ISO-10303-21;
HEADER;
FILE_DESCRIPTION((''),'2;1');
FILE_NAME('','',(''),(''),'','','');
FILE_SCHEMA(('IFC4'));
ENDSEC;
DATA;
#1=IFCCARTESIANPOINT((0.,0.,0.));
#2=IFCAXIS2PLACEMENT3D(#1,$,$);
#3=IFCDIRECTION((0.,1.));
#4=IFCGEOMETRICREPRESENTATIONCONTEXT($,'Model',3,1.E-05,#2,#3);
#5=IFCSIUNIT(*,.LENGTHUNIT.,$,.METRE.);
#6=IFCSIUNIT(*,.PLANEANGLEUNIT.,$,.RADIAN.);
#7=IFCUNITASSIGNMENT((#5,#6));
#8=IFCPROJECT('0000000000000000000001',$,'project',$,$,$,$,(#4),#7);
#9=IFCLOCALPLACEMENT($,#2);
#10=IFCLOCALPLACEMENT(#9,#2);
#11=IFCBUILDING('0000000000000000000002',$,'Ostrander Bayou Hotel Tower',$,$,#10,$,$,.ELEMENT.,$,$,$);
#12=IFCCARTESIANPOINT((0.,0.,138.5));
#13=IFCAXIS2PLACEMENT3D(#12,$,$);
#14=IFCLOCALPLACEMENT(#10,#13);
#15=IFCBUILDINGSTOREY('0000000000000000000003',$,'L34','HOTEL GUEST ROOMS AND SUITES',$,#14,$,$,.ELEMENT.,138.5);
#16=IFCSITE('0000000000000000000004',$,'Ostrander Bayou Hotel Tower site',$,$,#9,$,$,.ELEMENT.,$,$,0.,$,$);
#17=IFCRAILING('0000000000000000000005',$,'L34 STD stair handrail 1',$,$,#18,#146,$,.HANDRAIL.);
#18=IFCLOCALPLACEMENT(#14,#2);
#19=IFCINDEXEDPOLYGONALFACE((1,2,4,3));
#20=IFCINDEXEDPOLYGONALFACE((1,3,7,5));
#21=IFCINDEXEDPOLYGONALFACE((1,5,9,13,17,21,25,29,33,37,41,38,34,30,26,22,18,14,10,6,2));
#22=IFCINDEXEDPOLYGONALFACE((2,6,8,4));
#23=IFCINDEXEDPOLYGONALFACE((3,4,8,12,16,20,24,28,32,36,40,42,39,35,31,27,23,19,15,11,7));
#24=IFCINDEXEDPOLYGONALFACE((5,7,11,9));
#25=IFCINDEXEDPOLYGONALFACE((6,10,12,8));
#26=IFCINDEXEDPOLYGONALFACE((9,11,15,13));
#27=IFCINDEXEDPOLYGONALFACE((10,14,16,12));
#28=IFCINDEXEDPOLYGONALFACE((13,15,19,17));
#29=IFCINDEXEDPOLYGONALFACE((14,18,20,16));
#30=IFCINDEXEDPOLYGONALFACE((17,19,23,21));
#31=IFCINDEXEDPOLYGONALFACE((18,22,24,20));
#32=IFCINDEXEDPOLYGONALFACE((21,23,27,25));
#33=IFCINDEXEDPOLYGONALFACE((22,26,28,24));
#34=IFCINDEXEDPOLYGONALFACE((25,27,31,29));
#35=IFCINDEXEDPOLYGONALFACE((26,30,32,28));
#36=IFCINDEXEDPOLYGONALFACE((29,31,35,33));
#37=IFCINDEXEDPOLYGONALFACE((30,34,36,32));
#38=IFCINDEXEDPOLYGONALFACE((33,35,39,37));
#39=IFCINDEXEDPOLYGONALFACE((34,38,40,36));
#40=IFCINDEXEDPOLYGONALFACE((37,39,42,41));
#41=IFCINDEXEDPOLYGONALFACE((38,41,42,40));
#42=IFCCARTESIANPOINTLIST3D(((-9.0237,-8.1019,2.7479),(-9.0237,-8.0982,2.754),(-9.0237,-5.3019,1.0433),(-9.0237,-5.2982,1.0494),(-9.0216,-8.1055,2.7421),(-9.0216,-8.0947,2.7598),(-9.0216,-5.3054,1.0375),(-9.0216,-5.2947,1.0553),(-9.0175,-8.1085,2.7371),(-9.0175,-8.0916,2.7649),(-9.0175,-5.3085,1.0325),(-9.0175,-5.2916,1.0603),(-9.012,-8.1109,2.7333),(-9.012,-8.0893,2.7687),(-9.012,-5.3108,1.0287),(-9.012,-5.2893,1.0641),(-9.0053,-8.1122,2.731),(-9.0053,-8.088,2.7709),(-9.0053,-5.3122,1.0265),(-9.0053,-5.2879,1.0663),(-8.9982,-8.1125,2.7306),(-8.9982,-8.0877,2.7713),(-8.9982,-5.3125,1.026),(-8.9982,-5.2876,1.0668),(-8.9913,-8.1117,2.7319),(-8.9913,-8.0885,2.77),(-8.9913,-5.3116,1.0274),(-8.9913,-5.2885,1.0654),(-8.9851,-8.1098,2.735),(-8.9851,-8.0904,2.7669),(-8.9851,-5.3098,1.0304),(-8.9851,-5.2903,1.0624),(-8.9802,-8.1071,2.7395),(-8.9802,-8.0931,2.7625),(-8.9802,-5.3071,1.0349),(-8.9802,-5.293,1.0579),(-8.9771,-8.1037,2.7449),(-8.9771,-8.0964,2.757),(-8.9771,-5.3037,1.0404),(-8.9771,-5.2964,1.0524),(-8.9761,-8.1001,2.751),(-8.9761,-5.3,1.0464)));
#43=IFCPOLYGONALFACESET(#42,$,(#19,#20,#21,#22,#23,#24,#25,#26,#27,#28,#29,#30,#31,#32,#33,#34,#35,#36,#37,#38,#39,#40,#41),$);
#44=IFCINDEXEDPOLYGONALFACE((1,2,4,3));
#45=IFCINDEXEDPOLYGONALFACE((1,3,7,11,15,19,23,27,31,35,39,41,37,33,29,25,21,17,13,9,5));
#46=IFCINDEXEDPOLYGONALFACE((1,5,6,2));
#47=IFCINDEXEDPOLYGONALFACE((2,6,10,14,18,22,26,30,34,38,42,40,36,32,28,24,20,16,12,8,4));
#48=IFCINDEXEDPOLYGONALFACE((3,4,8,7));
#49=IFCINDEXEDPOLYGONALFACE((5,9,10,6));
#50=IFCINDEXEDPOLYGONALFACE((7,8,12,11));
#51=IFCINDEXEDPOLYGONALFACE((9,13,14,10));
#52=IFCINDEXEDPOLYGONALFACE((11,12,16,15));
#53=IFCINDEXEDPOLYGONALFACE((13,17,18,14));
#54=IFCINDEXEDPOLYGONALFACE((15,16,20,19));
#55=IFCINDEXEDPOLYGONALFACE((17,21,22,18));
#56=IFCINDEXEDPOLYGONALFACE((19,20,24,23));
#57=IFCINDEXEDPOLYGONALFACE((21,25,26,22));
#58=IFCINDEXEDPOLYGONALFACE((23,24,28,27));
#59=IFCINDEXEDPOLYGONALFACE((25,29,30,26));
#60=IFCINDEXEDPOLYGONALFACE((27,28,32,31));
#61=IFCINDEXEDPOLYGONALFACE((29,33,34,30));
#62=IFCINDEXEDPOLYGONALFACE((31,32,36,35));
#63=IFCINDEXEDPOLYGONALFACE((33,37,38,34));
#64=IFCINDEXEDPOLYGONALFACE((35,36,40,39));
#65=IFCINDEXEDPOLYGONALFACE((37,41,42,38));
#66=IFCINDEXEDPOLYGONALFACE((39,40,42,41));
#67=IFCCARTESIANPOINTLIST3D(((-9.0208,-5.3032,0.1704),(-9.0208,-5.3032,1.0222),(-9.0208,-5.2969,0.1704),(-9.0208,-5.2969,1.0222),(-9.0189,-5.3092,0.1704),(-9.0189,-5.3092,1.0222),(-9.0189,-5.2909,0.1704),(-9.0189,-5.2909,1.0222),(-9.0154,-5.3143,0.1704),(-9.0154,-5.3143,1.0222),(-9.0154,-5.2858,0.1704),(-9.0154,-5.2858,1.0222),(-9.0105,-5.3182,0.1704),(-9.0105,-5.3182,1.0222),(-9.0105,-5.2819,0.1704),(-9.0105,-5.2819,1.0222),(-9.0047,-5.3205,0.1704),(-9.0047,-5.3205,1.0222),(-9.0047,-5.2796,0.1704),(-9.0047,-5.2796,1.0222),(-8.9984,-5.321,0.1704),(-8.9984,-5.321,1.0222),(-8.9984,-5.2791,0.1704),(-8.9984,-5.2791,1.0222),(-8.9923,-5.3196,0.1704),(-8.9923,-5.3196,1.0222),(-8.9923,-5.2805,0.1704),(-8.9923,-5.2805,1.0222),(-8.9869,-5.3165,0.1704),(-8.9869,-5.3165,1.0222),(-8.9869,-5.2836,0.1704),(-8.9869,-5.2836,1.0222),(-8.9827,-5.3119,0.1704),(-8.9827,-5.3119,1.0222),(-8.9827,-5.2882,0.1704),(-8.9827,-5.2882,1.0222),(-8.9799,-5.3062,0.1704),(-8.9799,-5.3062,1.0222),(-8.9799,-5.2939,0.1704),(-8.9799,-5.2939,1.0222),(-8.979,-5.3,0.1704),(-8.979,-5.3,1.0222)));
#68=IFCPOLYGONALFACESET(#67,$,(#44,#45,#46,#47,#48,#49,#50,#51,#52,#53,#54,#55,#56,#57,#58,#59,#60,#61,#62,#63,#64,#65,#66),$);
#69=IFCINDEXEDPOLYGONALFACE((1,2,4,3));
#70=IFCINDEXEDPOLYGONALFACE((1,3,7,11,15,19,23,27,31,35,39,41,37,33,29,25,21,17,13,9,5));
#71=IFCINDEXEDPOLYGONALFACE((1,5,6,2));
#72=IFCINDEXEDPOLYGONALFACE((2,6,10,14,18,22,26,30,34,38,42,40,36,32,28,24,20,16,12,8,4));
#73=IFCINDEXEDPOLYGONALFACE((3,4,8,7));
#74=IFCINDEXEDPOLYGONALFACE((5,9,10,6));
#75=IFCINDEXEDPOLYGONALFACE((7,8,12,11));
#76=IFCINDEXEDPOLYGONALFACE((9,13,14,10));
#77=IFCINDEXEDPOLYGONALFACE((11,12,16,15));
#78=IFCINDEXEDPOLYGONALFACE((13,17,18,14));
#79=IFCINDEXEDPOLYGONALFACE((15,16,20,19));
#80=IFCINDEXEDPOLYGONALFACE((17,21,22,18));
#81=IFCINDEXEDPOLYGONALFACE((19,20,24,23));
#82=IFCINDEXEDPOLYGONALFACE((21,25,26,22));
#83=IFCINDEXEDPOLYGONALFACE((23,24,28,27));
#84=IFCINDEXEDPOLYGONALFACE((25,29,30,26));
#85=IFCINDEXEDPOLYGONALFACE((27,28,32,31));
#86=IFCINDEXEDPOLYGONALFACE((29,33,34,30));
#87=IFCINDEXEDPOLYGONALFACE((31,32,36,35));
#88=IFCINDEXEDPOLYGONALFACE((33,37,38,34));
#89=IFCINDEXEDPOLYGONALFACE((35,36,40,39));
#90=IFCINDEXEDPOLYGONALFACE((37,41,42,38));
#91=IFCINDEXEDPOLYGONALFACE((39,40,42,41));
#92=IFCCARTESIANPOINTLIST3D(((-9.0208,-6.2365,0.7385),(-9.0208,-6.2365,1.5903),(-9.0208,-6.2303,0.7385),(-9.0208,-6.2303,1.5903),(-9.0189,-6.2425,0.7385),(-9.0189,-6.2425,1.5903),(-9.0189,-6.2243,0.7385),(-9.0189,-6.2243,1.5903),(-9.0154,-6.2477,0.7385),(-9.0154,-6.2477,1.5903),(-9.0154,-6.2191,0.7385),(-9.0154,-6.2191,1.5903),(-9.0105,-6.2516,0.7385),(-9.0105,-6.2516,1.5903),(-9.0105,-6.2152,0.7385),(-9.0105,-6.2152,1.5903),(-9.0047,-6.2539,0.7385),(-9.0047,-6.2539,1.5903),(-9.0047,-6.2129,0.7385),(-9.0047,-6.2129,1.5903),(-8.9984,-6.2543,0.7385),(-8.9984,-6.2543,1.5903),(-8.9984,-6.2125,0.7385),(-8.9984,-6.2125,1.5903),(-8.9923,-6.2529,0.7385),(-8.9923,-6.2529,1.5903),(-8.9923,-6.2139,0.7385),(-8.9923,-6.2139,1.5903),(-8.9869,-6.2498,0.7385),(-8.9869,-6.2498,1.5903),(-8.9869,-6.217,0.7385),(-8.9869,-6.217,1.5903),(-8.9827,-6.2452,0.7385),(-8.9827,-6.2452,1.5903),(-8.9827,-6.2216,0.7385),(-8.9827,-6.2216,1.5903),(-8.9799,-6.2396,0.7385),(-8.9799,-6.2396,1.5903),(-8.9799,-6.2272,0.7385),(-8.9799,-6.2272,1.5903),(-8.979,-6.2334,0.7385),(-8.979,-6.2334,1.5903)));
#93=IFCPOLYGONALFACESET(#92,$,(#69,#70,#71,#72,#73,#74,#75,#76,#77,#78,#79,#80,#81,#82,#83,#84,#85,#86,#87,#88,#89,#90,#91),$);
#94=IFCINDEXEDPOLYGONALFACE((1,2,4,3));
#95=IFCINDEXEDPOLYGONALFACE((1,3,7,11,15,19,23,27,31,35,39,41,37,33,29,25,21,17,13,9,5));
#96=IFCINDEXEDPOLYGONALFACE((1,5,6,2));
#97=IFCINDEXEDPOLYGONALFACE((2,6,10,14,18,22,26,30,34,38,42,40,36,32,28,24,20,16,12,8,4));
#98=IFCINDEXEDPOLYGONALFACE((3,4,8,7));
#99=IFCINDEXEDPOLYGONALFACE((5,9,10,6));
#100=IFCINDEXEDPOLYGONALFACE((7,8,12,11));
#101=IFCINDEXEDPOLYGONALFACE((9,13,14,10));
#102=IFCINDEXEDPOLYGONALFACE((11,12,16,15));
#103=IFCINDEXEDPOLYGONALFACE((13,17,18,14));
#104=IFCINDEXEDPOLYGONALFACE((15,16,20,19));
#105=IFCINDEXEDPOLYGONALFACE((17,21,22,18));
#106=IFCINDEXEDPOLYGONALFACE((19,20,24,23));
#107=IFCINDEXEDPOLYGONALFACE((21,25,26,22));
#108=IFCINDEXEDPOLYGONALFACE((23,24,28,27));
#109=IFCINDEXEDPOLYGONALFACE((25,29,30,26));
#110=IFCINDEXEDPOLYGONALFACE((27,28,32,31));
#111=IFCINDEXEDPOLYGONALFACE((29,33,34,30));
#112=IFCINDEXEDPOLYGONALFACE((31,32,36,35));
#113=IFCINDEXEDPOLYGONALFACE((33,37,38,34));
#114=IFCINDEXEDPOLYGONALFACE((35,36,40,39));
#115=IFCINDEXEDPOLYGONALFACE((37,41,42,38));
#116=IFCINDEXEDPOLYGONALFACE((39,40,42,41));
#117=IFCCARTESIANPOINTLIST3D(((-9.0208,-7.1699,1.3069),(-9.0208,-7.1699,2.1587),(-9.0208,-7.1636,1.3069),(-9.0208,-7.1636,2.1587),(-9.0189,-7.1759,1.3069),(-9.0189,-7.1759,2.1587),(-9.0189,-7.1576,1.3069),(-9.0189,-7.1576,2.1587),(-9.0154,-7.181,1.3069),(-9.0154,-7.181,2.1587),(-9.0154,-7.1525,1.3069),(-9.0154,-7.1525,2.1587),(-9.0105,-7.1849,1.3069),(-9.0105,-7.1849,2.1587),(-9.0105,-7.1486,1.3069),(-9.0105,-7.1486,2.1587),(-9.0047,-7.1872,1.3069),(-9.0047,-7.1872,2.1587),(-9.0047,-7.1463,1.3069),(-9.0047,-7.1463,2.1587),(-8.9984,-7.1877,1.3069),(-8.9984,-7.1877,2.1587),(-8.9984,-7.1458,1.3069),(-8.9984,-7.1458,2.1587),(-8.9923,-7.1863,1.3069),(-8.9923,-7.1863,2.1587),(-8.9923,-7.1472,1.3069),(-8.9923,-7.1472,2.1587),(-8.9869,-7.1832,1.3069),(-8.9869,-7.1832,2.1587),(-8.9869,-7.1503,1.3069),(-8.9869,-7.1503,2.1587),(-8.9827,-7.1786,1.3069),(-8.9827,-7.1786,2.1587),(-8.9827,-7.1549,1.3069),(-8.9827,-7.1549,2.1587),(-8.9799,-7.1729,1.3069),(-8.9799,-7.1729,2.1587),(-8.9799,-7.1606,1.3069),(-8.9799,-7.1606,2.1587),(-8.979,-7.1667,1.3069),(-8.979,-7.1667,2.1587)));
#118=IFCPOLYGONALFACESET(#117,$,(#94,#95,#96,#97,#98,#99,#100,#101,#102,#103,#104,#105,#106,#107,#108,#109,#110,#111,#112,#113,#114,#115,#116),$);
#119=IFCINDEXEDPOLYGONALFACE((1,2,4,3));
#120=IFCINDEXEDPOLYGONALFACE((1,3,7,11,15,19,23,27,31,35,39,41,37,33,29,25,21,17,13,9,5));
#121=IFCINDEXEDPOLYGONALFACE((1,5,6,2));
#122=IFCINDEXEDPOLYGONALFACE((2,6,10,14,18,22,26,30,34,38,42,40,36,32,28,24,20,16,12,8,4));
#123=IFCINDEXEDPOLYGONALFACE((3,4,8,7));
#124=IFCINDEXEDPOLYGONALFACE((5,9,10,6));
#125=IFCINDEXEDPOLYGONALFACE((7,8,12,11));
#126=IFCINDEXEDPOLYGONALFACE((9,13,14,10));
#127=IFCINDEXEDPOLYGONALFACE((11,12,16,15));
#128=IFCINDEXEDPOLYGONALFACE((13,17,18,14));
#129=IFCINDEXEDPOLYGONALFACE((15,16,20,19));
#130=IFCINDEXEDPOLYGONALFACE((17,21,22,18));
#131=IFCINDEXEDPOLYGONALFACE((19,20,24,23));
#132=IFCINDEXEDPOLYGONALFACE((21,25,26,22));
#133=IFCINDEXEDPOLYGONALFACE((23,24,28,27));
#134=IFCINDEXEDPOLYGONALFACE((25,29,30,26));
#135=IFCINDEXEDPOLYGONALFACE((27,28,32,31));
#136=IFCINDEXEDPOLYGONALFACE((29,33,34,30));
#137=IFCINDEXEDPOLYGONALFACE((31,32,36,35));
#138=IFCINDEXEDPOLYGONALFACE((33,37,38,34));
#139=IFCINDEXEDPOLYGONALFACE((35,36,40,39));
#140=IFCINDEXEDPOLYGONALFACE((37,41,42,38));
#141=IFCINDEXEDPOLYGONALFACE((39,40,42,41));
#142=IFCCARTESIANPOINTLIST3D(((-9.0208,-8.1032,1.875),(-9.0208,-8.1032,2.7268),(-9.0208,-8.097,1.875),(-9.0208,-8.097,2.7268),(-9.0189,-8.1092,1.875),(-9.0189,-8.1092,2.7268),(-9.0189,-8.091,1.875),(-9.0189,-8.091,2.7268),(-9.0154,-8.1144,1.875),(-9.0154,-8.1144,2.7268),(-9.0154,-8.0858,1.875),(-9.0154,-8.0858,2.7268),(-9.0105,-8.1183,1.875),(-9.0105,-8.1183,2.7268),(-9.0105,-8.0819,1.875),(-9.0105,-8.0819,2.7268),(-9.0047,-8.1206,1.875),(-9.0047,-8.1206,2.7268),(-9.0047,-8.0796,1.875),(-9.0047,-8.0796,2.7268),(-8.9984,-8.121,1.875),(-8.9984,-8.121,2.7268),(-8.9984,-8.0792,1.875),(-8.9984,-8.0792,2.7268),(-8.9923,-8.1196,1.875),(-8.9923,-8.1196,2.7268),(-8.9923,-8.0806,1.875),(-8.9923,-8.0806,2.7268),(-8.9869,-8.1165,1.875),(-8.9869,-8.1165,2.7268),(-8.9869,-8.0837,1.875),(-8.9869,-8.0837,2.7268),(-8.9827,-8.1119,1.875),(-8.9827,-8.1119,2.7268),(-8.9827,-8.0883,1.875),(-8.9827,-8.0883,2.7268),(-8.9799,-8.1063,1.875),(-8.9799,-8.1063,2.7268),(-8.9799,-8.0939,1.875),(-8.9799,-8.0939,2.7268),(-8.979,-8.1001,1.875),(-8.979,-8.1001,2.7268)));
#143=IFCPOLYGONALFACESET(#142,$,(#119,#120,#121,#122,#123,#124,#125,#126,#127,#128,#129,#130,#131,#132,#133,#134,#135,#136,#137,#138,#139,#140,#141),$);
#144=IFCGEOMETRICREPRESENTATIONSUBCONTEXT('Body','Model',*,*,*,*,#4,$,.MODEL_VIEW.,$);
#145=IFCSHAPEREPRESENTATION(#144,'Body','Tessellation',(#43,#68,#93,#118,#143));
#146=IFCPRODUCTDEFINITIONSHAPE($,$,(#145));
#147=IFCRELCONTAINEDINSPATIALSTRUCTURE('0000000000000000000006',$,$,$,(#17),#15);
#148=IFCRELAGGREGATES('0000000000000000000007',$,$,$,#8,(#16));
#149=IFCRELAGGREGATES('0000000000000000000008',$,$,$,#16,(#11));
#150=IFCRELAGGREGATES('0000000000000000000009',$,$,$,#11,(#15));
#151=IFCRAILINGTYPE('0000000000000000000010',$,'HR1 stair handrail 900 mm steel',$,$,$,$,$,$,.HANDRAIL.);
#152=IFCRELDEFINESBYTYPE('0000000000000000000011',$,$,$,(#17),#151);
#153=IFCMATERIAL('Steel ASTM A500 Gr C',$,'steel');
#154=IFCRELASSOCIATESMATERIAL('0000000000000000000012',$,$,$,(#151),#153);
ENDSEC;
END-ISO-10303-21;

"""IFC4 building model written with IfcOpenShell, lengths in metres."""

from ifc_helpers import new_model, si_unit, direction, frame, origin, origin_2d, place, context, subcontext, project, spatial, circle, extrude, material, type_object, element, save


model = new_model("IFC4")

# Units and contexts
model_context = context("Model", 3, precision=1e-05, world=origin(), true_north=direction((0.0, 1.0)))
body_context = subcontext(model_context, "Body", "Model", "MODEL_VIEW")
ifc_project = project(units=[si_unit("LENGTHUNIT", "METRE"), si_unit("PLANEANGLEUNIT", "RADIAN")], contexts=[model_context])

# Site, building, storey
site_placement = place(None, origin())
site = spatial("IfcSite", under=ifc_project, at=site_placement, Name="Ostrander Bayou Hotel Tower site", CompositionType="ELEMENT", RefElevation=0.0)
building_placement = place(site_placement, origin())
building = spatial("IfcBuilding", under=site, at=building_placement, Name="Ostrander Bayou Hotel Tower", CompositionType="ELEMENT")
storey_placement = place(building_placement, frame((0.0, 0.0, 138.5)))
storey = spatial("IfcBuildingStorey", under=building, at=storey_placement, Name="L34", Description="HOTEL GUEST ROOMS AND SUITES", CompositionType="ELEMENT", Elevation=138.5)

# Railing
ifc_material_1 = material(Name="Steel ASTM A500 Gr C", Category="steel")
railing_type_1 = type_object("IfcRailingType", Name="HR1 stair handrail 900 mm steel", PredefinedType="HANDRAIL", material=ifc_material_1)
railing_1_placement = place(storey_placement, frame((-9.0, -5.3, 0.1704)))
element("IfcRailing", 1, at=railing_1_placement, inside=storey, type_object=railing_type_1, Name="L34 STD stair handrail 1", PredefinedType="HANDRAIL", context=body_context, shape_type="SweptSolid", body=[
    extrude(circle(Radius=0.0239, at=origin_2d()), frame((0.0, 0.0, 0.876), z_axis=(0.0, -0.85417, 0.519994), x_axis=(1.0, 0.0, 0.0)), (0.0, 0.0, 1.0), 3.2781),
    extrude(circle(Radius=0.021, at=origin_2d()), origin(), (0.0, 0.0, 1.0), 0.8518),
    extrude(circle(Radius=0.021, at=origin_2d()), frame((0.0, -0.9333, 0.5681)), (0.0, 0.0, 1.0), 0.8518),
    extrude(circle(Radius=0.021, at=origin_2d()), frame((0.0, -1.8667, 1.1365)), (0.0, 0.0, 1.0), 0.8518),
    extrude(circle(Radius=0.021, at=origin_2d()), frame((0.0, -2.8, 1.7046)), (0.0, 0.0, 1.0), 0.8518),
])

save(model, "model.ifc")
